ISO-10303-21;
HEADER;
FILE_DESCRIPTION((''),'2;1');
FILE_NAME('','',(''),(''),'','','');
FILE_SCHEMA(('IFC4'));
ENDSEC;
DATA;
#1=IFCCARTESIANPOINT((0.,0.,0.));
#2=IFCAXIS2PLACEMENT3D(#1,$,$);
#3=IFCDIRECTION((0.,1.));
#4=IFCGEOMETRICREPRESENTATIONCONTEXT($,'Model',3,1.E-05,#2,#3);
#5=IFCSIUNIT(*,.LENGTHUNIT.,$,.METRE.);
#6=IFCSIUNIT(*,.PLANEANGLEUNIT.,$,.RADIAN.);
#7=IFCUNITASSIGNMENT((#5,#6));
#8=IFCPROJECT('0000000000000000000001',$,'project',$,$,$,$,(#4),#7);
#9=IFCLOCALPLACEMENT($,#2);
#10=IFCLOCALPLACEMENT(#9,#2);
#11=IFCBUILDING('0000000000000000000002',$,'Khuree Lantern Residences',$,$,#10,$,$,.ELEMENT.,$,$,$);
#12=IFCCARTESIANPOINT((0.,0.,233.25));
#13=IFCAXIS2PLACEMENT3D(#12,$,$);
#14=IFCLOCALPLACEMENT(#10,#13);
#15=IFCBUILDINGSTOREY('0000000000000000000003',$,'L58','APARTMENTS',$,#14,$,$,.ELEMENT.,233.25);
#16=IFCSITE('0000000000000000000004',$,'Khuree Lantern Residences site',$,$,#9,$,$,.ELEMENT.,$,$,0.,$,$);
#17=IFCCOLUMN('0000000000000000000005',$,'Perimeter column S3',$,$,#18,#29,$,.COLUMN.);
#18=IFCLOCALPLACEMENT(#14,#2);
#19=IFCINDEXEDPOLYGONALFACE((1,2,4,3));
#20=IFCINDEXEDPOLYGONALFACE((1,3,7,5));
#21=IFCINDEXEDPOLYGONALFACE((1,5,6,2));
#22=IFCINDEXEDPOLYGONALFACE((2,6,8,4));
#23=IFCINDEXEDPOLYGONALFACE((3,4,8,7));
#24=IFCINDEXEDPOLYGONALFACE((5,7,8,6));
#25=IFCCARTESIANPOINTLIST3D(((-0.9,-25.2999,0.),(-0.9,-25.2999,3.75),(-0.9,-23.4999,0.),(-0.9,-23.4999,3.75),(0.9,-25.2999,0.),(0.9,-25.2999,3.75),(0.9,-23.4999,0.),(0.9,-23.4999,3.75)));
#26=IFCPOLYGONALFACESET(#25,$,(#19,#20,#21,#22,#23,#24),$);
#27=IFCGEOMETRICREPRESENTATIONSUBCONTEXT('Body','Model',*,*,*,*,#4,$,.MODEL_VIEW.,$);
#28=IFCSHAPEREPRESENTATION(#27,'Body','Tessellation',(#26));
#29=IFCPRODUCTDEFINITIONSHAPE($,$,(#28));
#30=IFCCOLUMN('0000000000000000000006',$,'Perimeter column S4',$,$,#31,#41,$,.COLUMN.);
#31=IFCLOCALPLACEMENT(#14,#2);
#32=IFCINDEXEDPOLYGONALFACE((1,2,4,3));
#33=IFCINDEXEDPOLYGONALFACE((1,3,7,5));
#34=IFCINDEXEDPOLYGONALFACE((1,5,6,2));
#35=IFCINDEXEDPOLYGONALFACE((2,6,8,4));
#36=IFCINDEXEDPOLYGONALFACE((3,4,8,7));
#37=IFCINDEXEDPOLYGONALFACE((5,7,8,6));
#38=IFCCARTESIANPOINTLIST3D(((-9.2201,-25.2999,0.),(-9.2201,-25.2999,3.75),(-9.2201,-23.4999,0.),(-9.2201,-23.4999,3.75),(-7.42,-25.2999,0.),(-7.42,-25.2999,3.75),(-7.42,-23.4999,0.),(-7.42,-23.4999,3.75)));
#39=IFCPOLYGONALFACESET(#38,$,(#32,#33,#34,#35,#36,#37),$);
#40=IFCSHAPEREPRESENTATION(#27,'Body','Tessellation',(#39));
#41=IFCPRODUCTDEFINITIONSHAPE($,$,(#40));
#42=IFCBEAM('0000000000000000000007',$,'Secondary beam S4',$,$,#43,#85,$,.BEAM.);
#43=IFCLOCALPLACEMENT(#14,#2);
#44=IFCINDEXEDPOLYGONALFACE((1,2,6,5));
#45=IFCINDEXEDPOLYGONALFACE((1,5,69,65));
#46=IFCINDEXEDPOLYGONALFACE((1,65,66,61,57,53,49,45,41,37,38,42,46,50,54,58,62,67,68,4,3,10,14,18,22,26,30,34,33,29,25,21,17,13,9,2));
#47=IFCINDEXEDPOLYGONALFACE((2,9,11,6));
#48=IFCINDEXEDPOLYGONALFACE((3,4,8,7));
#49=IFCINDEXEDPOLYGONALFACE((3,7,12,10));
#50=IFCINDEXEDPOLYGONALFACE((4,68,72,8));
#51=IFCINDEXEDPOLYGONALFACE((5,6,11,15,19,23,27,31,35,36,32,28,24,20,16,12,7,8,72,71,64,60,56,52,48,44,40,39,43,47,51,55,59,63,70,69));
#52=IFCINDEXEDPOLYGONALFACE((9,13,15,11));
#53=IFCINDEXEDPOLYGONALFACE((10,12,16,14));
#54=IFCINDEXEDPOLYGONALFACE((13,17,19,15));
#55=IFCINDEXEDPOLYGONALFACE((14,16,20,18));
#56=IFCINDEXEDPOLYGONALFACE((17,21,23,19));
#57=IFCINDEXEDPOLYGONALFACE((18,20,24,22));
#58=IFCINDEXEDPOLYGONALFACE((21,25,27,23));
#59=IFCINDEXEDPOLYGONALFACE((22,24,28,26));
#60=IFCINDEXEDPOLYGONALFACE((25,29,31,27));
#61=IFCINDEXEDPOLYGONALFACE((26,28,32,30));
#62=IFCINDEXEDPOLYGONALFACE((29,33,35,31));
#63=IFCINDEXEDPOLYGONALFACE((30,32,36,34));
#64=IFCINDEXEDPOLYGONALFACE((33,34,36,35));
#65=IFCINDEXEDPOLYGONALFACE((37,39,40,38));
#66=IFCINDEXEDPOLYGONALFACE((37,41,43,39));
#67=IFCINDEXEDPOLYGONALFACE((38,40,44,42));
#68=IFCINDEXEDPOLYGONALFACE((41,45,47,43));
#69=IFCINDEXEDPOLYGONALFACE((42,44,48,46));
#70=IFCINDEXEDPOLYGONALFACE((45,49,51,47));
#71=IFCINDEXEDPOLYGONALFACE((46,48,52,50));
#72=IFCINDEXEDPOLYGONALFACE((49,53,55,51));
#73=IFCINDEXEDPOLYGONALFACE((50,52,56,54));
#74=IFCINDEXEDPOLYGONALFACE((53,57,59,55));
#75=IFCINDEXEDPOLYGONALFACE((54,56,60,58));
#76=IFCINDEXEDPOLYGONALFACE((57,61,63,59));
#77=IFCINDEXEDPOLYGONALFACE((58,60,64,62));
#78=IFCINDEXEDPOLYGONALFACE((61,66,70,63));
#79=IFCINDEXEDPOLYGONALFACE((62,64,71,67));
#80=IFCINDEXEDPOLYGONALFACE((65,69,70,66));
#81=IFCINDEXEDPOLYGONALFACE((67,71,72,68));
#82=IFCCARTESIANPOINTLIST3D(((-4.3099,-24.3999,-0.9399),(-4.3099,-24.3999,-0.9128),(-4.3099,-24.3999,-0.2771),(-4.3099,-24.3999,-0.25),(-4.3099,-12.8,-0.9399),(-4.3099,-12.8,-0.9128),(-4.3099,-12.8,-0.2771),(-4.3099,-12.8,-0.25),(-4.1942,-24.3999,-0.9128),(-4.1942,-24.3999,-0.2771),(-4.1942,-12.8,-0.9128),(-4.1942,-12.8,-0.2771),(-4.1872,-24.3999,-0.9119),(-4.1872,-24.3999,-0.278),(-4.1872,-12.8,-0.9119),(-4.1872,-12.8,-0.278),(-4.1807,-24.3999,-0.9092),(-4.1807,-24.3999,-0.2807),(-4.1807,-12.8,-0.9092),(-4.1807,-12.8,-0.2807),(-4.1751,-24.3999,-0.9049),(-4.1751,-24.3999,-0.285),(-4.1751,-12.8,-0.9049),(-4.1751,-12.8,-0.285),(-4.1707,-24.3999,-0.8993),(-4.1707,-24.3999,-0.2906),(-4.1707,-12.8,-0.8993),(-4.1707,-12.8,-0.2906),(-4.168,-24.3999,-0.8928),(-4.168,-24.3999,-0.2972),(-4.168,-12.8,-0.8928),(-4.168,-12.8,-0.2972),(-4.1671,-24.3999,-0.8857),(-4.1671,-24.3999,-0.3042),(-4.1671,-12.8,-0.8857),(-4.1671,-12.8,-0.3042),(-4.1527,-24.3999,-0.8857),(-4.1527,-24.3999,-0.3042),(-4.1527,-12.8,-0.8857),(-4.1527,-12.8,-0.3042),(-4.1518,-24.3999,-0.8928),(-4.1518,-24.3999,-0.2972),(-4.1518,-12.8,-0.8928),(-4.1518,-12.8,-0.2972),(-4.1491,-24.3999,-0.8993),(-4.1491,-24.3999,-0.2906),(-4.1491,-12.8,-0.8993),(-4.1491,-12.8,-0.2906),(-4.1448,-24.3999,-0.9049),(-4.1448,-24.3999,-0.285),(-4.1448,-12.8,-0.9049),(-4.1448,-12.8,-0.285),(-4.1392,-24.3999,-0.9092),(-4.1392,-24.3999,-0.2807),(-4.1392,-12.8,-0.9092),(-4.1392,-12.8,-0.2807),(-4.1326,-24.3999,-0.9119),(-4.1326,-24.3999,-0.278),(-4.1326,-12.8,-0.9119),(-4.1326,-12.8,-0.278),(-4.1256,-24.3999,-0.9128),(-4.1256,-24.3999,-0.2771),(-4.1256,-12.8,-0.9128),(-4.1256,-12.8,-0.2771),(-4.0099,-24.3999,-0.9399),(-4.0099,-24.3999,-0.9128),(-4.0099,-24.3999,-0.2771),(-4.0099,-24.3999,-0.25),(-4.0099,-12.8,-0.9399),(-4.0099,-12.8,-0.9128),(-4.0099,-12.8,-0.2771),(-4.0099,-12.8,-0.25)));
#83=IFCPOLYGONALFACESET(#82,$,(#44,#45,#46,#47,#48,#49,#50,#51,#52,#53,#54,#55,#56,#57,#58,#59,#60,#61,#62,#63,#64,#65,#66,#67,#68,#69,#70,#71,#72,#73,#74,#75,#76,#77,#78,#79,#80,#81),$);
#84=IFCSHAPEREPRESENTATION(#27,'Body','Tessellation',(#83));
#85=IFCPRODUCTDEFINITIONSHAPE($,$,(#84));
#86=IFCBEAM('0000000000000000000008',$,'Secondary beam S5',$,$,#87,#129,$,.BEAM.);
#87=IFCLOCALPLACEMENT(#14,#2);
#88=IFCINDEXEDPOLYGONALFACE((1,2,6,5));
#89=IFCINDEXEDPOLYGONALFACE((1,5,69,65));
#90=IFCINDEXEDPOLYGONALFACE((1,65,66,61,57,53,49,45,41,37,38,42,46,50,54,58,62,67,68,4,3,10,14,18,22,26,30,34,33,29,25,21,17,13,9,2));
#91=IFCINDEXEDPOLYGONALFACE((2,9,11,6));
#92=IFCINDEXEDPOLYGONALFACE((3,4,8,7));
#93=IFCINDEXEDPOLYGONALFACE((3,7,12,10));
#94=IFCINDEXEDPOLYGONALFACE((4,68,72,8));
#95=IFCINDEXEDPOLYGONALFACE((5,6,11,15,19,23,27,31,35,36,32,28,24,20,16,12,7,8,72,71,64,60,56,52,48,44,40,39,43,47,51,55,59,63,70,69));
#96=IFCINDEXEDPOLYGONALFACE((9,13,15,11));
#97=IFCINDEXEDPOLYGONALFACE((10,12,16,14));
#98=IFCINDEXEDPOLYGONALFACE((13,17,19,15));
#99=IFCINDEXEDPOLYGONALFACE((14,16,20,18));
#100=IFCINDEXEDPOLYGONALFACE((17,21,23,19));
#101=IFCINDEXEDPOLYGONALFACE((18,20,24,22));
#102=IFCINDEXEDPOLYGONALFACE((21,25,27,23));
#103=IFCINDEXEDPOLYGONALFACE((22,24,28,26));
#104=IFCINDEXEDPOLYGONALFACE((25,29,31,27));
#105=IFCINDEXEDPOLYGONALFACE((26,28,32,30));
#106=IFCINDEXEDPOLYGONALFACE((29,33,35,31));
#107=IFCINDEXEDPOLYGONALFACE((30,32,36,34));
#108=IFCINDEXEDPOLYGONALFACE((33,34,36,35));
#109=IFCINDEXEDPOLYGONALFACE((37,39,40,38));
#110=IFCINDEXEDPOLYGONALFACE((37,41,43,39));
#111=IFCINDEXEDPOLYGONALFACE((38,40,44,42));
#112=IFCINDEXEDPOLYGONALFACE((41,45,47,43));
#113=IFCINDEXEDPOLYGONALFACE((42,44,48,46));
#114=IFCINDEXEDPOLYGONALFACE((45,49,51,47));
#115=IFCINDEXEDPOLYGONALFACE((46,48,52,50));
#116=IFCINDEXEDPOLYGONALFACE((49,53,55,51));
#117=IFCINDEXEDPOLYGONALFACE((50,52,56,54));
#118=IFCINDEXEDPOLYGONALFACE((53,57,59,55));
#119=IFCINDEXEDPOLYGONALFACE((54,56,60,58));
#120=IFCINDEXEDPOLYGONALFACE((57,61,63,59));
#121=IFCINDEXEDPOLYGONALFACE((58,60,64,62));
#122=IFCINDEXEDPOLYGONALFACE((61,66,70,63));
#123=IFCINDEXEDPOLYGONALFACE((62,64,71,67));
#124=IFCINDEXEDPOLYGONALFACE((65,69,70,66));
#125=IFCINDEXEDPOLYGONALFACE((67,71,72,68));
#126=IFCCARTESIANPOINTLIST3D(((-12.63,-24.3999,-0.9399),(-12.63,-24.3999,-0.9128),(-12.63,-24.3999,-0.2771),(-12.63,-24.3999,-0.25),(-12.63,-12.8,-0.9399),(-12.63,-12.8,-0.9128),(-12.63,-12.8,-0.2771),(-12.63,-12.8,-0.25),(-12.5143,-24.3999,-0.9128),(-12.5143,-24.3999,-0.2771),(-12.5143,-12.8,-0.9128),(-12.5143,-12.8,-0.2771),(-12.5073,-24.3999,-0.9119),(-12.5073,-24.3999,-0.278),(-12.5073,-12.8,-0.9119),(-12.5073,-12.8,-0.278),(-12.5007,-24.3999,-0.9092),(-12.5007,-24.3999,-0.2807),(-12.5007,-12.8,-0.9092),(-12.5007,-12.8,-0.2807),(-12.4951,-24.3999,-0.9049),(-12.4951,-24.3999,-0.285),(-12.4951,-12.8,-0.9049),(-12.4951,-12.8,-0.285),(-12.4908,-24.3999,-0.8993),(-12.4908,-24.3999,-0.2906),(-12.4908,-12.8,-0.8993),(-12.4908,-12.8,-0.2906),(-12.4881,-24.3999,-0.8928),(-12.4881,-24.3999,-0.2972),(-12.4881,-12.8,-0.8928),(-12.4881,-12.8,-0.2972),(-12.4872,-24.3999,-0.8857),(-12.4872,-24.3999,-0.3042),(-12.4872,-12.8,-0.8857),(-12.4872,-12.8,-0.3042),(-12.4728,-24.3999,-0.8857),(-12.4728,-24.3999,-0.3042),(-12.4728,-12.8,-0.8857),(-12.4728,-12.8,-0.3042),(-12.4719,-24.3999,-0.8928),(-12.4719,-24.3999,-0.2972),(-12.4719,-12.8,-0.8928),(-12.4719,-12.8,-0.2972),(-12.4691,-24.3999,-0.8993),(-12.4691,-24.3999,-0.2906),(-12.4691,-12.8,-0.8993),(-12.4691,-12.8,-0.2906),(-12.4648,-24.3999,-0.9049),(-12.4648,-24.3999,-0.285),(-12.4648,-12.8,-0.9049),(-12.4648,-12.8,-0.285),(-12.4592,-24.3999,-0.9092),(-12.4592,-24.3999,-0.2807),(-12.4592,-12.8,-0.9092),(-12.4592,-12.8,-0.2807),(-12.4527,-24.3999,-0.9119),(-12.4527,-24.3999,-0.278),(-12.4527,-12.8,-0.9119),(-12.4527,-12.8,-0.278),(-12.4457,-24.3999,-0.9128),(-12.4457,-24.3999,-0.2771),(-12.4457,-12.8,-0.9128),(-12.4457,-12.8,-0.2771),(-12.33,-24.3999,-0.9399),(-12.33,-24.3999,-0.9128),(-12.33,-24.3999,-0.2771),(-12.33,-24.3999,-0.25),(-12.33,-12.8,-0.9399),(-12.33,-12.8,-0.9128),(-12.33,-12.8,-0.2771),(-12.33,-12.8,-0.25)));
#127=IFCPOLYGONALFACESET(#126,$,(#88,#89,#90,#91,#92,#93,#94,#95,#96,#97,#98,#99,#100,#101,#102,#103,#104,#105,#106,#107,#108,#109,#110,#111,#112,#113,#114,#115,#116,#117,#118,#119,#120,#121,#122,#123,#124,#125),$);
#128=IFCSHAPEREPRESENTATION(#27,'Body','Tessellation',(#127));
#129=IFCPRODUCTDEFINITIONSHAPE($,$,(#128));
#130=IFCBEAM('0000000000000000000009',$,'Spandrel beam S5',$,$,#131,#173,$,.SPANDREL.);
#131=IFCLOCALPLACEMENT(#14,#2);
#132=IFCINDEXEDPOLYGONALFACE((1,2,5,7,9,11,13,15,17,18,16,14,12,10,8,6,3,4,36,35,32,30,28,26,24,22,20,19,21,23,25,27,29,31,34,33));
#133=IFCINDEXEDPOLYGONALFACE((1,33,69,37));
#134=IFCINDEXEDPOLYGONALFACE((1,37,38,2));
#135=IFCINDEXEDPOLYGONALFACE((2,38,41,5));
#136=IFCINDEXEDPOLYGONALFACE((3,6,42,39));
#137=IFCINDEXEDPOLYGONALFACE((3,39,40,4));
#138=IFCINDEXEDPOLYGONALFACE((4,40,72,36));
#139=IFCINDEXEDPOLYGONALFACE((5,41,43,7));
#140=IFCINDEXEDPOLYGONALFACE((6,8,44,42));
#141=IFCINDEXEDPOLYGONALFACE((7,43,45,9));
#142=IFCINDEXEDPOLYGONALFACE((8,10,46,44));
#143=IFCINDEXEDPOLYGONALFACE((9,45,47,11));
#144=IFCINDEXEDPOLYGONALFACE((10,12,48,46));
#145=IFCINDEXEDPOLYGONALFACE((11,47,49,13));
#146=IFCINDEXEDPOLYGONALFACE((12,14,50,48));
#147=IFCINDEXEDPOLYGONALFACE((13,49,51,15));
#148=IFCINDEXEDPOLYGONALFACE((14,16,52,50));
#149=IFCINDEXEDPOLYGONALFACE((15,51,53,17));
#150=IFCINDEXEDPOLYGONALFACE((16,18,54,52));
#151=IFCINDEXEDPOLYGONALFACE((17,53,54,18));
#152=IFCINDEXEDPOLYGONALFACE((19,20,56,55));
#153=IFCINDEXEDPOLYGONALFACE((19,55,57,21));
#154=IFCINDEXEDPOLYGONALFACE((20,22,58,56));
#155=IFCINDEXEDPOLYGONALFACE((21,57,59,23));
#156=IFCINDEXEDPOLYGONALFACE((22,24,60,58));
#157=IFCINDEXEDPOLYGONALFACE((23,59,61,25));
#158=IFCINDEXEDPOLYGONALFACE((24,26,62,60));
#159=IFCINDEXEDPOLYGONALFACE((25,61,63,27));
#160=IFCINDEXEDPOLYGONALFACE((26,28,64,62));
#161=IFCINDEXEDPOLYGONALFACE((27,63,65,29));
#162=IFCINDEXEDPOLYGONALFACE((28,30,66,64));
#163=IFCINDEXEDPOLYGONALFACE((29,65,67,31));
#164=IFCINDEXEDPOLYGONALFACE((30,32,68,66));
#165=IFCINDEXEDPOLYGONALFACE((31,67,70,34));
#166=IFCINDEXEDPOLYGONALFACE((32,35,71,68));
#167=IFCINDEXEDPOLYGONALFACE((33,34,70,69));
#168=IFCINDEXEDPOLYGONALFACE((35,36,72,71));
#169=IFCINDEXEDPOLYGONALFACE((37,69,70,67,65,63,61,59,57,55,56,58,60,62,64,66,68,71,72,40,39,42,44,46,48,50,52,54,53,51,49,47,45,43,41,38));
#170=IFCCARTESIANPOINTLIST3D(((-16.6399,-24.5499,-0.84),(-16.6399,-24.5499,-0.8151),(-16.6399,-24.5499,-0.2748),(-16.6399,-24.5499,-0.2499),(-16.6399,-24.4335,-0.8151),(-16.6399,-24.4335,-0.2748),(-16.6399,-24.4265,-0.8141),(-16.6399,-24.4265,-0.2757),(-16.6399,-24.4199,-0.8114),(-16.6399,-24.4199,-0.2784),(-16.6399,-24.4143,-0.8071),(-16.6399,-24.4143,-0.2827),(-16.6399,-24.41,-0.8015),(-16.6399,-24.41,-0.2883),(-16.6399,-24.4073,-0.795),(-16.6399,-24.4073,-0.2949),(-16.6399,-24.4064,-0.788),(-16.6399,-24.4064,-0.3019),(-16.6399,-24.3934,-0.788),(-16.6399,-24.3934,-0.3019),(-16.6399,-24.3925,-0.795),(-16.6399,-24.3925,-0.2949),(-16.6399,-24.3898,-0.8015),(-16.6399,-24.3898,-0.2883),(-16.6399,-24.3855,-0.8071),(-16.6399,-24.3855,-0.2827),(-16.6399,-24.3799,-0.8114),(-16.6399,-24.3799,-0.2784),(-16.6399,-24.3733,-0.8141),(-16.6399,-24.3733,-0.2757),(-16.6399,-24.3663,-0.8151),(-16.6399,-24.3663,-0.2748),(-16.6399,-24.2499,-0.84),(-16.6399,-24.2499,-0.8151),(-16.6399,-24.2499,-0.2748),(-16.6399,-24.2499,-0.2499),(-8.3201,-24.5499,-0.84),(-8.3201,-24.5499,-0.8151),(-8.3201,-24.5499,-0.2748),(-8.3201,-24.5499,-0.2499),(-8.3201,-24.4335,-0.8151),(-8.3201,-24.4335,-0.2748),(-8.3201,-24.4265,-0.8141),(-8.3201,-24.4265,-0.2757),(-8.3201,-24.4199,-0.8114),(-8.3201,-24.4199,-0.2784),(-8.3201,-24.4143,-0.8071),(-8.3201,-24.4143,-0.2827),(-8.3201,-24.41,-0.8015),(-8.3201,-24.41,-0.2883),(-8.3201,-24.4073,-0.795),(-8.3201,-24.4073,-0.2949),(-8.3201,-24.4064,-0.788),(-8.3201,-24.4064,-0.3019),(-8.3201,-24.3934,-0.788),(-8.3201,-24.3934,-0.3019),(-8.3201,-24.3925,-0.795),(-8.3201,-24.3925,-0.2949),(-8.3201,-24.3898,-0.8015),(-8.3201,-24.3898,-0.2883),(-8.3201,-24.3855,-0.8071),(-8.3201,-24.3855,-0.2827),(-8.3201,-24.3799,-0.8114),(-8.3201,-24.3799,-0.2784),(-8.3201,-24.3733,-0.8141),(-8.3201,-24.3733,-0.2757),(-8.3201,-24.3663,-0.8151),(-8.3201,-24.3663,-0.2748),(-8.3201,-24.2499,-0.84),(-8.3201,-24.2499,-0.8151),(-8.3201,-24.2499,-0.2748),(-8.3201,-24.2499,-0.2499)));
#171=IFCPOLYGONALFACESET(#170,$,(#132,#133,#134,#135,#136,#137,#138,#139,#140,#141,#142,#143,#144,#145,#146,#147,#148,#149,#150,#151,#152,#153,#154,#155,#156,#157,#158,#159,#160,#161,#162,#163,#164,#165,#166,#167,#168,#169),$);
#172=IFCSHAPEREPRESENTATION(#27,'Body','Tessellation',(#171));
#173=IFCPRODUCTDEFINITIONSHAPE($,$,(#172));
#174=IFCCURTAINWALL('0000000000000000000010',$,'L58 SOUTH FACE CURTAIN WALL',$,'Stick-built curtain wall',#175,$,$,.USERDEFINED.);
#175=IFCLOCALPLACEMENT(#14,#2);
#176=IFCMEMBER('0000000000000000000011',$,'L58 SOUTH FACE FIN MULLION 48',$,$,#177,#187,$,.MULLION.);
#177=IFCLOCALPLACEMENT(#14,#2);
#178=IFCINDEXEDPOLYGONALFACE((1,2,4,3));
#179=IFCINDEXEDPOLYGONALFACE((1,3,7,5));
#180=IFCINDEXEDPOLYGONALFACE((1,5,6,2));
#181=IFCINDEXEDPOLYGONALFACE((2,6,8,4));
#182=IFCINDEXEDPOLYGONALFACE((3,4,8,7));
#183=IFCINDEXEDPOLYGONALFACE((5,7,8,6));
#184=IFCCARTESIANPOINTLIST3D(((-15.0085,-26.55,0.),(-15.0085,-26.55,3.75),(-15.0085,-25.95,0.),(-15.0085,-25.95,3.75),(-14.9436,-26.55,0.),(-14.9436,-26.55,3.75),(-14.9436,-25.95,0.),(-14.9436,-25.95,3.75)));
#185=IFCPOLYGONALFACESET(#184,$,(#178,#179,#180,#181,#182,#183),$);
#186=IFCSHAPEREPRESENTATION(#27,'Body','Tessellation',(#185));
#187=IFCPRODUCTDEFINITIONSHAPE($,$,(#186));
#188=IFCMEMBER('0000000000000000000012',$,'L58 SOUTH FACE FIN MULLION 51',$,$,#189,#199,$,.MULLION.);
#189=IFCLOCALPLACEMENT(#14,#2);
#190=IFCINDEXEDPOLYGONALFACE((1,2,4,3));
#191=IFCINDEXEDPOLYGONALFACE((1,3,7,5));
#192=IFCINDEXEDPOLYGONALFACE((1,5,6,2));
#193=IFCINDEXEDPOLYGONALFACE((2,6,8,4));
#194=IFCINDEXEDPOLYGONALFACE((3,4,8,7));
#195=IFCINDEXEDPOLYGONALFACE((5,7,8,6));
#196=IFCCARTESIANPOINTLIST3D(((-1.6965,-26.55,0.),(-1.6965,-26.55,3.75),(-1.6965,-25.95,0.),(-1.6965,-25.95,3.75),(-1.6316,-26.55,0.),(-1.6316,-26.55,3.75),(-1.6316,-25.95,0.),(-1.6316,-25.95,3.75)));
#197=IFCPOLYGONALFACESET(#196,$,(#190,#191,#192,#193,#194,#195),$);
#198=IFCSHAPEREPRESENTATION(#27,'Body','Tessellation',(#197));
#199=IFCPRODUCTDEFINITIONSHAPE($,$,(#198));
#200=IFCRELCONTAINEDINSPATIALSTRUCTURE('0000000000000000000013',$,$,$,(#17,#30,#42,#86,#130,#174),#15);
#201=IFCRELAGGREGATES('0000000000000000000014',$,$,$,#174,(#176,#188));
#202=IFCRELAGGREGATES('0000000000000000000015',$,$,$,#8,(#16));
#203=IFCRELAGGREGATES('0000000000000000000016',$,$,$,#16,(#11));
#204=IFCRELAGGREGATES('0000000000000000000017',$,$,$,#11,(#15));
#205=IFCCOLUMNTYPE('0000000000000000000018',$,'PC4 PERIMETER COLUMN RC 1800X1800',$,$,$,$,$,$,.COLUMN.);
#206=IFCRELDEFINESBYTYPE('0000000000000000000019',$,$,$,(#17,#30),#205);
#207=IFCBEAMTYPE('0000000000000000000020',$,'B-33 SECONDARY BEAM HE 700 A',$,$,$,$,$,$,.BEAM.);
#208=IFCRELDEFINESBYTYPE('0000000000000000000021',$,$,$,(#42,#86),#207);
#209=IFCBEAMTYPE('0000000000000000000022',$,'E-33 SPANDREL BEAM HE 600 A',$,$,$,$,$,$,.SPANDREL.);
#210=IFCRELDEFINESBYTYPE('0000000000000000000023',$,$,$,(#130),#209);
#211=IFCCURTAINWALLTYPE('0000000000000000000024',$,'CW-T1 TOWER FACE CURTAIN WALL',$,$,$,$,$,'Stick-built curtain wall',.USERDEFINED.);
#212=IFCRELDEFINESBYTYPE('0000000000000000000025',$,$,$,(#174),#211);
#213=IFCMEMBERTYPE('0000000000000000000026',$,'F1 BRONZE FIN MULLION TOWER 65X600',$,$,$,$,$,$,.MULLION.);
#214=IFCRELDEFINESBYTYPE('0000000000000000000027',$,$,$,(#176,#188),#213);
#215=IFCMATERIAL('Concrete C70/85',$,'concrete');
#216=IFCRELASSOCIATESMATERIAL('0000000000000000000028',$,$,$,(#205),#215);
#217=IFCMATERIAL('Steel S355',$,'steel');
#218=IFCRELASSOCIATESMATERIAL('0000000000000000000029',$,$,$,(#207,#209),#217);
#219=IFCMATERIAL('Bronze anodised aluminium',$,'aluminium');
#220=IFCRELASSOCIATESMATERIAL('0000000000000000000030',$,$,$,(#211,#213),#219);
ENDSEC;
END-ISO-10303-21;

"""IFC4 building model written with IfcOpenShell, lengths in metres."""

from ifc_helpers import new_model, si_unit, direction, frame, origin, origin_2d, place, context, subcontext, project, spatial, rectangle, i_section, extrude, material, material_profile, profile_set, type_object, element, aggregate, save


model = new_model("IFC4")

# Units and contexts
model_context = context("Model", 3, precision=1e-05, world=origin(), true_north=direction((0.0, 1.0)))
body_context = subcontext(model_context, "Body", "Model", "MODEL_VIEW")
ifc_project = project(units=[si_unit("LENGTHUNIT", "METRE"), si_unit("PLANEANGLEUNIT", "RADIAN")], contexts=[model_context])

# Site, building, storey
site_placement = place(None, origin())
site = spatial("IfcSite", under=ifc_project, at=site_placement, Name="Khuree Lantern Residences site", CompositionType="ELEMENT", RefElevation=0.0)
building_placement = place(site_placement, origin())
building = spatial("IfcBuilding", under=site, at=building_placement, Name="Khuree Lantern Residences", CompositionType="ELEMENT")
storey_placement = place(building_placement, frame((0.0, 0.0, 233.25)))
storey = spatial("IfcBuildingStorey", under=building, at=storey_placement, Name="L58", Description="APARTMENTS", CompositionType="ELEMENT", Elevation=233.25)

# Columns
ifc_material_1 = material(Name="Concrete C70/85", Category="concrete")
ifc_material_profile_1 = material_profile(ifc_material_1, rectangle(XDim=1.8, YDim=1.8, at=origin_2d()), Name="RC 1800X1800")
ifc_profile_set_1 = profile_set([ifc_material_profile_1], Name="Concrete C70/85")
column_type = type_object("IfcColumnType", Name="PC4 PERIMETER COLUMN RC 1800X1800", PredefinedType="COLUMN", material=ifc_profile_set_1)
for number, where, z_axis, x_axis, name in (
    (1, (0.0, -24.3999, 0.0), (0.0, 0.0, 1.0), (1.0, 0.0, 0.0), "Perimeter column S3"),
    (2, (-8.3201, -24.3999, 0.0), (0.0, 0.0, 1.0), (1.0, 0.0, 0.0), "Perimeter column S4"),
):
    element("IfcColumn", number, at=place(storey_placement, frame(where, z_axis=z_axis, x_axis=x_axis)), inside=storey, type_object=column_type, Name=name, PredefinedType="COLUMN", context=body_context, shape_type="SweptSolid", body=[
        extrude(rectangle(XDim=1.8, YDim=1.8, at=origin_2d()), origin(), (0.0, 0.0, 1.0), 3.75),
    ])

# Beams
ifc_material_2 = material(Name="Steel S355", Category="steel")
ifc_material_profile_2 = material_profile(ifc_material_2, i_section(OverallWidth=0.3, OverallDepth=0.6899, WebThickness=0.0144, FlangeThickness=0.0271, FilletRadius=0.0271, at=origin_2d()), Name="HE 700 A")
ifc_profile_set_2 = profile_set([ifc_material_profile_2], Name="Steel S355")
beam_type_1 = type_object("IfcBeamType", Name="B-33 SECONDARY BEAM HE 700 A", PredefinedType="BEAM", material=ifc_profile_set_2)
for number, where, z_axis, x_axis, name in (
    (3, (-4.1599, -24.3999, -0.595), (0.0, 1.0, 0.0), (-1.0, 0.0, 0.0), "Secondary beam S4"),
    (4, (-12.48, -24.3999, -0.595), (0.0, 1.0, 0.0), (-1.0, 0.0, 0.0), "Secondary beam S5"),
):
    element("IfcBeam", number, at=place(storey_placement, frame(where, z_axis=z_axis, x_axis=x_axis)), inside=storey, type_object=beam_type_1, Name=name, PredefinedType="BEAM", context=body_context, shape_type="SweptSolid", body=[
        extrude(i_section(OverallWidth=0.3, OverallDepth=0.6899, WebThickness=0.0144, FlangeThickness=0.0271, FilletRadius=0.0271, at=origin_2d()), origin(), (0.0, 0.0, 1.0), 11.5999),
    ])
ifc_material_profile_3 = material_profile(ifc_material_2, i_section(OverallWidth=0.3, OverallDepth=0.5901, WebThickness=0.0129, FlangeThickness=0.0249, FilletRadius=0.0271, at=origin_2d()), Name="HE 600 A")
ifc_profile_set_3 = profile_set([ifc_material_profile_3], Name="Steel S355")
beam_type_2 = type_object("IfcBeamType", Name="E-33 SPANDREL BEAM HE 600 A", PredefinedType="SPANDREL", material=ifc_profile_set_3)
beam_1_placement = place(storey_placement, frame((-8.3201, -24.3999, -0.5449), z_axis=(-1.0, 0.0, 0.0), x_axis=(0.0, -1.0, 0.0)))
element("IfcBeam", 5, at=beam_1_placement, inside=storey, type_object=beam_type_2, Name="Spandrel beam S5", PredefinedType="SPANDREL", context=body_context, shape_type="SweptSolid", body=[
    extrude(i_section(OverallWidth=0.3, OverallDepth=0.5901, WebThickness=0.0129, FlangeThickness=0.0249, FilletRadius=0.0271, at=origin_2d()), origin(), (0.0, 0.0, 1.0), 8.3198),
])

# Curtain wall, members
ifc_material_3 = material(Name="Bronze anodised aluminium", Category="aluminium")
curtain_wall_type = type_object("IfcCurtainWallType", Name="CW-T1 TOWER FACE CURTAIN WALL", ElementType="Stick-built curtain wall", PredefinedType="USERDEFINED", material=ifc_material_3)
curtain_wall_placement = place(storey_placement, origin())
curtain_wall = element("IfcCurtainWall", 6, at=curtain_wall_placement, inside=storey, type_object=curtain_wall_type, Name="L58 SOUTH FACE CURTAIN WALL", ObjectType="Stick-built curtain wall", PredefinedType="USERDEFINED")
ifc_material_profile_4 = material_profile(ifc_material_3, rectangle(XDim=0.0649, YDim=0.6001, at=origin_2d()), Name="F1 65X600")
ifc_profile_set_4 = profile_set([ifc_material_profile_4], Name="Bronze anodised aluminium")
member_type_1 = type_object("IfcMemberType", Name="F1 BRONZE FIN MULLION TOWER 65X600", PredefinedType="MULLION", material=ifc_profile_set_4)
member_1_placement = place(storey_placement, frame((-14.9761, -26.25, 0.0), z_axis=(0.0, 0.0, 1.0), x_axis=(1.0, 0.0, 0.0)))
member_1 = element("IfcMember", 7, at=member_1_placement, type_object=member_type_1, Name="L58 SOUTH FACE FIN MULLION 48", PredefinedType="MULLION", context=body_context, shape_type="SweptSolid", body=[
    extrude(rectangle(XDim=0.0649, YDim=0.6001, at=origin_2d()), origin(), (0.0, 0.0, 1.0), 3.75),
])
member_2_placement = place(storey_placement, frame((-1.6641, -26.25, 0.0), z_axis=(0.0, 0.0, 1.0), x_axis=(1.0, 0.0, 0.0)))
member_2 = element("IfcMember", 8, at=member_2_placement, type_object=member_type_1, Name="L58 SOUTH FACE FIN MULLION 51", PredefinedType="MULLION", context=body_context, shape_type="SweptSolid", body=[
    extrude(rectangle(XDim=0.0649, YDim=0.6001, at=origin_2d()), origin(), (0.0, 0.0, 1.0), 3.75),
])

aggregate(curtain_wall, [member_1, member_2])

save(model, "model.ifc")
